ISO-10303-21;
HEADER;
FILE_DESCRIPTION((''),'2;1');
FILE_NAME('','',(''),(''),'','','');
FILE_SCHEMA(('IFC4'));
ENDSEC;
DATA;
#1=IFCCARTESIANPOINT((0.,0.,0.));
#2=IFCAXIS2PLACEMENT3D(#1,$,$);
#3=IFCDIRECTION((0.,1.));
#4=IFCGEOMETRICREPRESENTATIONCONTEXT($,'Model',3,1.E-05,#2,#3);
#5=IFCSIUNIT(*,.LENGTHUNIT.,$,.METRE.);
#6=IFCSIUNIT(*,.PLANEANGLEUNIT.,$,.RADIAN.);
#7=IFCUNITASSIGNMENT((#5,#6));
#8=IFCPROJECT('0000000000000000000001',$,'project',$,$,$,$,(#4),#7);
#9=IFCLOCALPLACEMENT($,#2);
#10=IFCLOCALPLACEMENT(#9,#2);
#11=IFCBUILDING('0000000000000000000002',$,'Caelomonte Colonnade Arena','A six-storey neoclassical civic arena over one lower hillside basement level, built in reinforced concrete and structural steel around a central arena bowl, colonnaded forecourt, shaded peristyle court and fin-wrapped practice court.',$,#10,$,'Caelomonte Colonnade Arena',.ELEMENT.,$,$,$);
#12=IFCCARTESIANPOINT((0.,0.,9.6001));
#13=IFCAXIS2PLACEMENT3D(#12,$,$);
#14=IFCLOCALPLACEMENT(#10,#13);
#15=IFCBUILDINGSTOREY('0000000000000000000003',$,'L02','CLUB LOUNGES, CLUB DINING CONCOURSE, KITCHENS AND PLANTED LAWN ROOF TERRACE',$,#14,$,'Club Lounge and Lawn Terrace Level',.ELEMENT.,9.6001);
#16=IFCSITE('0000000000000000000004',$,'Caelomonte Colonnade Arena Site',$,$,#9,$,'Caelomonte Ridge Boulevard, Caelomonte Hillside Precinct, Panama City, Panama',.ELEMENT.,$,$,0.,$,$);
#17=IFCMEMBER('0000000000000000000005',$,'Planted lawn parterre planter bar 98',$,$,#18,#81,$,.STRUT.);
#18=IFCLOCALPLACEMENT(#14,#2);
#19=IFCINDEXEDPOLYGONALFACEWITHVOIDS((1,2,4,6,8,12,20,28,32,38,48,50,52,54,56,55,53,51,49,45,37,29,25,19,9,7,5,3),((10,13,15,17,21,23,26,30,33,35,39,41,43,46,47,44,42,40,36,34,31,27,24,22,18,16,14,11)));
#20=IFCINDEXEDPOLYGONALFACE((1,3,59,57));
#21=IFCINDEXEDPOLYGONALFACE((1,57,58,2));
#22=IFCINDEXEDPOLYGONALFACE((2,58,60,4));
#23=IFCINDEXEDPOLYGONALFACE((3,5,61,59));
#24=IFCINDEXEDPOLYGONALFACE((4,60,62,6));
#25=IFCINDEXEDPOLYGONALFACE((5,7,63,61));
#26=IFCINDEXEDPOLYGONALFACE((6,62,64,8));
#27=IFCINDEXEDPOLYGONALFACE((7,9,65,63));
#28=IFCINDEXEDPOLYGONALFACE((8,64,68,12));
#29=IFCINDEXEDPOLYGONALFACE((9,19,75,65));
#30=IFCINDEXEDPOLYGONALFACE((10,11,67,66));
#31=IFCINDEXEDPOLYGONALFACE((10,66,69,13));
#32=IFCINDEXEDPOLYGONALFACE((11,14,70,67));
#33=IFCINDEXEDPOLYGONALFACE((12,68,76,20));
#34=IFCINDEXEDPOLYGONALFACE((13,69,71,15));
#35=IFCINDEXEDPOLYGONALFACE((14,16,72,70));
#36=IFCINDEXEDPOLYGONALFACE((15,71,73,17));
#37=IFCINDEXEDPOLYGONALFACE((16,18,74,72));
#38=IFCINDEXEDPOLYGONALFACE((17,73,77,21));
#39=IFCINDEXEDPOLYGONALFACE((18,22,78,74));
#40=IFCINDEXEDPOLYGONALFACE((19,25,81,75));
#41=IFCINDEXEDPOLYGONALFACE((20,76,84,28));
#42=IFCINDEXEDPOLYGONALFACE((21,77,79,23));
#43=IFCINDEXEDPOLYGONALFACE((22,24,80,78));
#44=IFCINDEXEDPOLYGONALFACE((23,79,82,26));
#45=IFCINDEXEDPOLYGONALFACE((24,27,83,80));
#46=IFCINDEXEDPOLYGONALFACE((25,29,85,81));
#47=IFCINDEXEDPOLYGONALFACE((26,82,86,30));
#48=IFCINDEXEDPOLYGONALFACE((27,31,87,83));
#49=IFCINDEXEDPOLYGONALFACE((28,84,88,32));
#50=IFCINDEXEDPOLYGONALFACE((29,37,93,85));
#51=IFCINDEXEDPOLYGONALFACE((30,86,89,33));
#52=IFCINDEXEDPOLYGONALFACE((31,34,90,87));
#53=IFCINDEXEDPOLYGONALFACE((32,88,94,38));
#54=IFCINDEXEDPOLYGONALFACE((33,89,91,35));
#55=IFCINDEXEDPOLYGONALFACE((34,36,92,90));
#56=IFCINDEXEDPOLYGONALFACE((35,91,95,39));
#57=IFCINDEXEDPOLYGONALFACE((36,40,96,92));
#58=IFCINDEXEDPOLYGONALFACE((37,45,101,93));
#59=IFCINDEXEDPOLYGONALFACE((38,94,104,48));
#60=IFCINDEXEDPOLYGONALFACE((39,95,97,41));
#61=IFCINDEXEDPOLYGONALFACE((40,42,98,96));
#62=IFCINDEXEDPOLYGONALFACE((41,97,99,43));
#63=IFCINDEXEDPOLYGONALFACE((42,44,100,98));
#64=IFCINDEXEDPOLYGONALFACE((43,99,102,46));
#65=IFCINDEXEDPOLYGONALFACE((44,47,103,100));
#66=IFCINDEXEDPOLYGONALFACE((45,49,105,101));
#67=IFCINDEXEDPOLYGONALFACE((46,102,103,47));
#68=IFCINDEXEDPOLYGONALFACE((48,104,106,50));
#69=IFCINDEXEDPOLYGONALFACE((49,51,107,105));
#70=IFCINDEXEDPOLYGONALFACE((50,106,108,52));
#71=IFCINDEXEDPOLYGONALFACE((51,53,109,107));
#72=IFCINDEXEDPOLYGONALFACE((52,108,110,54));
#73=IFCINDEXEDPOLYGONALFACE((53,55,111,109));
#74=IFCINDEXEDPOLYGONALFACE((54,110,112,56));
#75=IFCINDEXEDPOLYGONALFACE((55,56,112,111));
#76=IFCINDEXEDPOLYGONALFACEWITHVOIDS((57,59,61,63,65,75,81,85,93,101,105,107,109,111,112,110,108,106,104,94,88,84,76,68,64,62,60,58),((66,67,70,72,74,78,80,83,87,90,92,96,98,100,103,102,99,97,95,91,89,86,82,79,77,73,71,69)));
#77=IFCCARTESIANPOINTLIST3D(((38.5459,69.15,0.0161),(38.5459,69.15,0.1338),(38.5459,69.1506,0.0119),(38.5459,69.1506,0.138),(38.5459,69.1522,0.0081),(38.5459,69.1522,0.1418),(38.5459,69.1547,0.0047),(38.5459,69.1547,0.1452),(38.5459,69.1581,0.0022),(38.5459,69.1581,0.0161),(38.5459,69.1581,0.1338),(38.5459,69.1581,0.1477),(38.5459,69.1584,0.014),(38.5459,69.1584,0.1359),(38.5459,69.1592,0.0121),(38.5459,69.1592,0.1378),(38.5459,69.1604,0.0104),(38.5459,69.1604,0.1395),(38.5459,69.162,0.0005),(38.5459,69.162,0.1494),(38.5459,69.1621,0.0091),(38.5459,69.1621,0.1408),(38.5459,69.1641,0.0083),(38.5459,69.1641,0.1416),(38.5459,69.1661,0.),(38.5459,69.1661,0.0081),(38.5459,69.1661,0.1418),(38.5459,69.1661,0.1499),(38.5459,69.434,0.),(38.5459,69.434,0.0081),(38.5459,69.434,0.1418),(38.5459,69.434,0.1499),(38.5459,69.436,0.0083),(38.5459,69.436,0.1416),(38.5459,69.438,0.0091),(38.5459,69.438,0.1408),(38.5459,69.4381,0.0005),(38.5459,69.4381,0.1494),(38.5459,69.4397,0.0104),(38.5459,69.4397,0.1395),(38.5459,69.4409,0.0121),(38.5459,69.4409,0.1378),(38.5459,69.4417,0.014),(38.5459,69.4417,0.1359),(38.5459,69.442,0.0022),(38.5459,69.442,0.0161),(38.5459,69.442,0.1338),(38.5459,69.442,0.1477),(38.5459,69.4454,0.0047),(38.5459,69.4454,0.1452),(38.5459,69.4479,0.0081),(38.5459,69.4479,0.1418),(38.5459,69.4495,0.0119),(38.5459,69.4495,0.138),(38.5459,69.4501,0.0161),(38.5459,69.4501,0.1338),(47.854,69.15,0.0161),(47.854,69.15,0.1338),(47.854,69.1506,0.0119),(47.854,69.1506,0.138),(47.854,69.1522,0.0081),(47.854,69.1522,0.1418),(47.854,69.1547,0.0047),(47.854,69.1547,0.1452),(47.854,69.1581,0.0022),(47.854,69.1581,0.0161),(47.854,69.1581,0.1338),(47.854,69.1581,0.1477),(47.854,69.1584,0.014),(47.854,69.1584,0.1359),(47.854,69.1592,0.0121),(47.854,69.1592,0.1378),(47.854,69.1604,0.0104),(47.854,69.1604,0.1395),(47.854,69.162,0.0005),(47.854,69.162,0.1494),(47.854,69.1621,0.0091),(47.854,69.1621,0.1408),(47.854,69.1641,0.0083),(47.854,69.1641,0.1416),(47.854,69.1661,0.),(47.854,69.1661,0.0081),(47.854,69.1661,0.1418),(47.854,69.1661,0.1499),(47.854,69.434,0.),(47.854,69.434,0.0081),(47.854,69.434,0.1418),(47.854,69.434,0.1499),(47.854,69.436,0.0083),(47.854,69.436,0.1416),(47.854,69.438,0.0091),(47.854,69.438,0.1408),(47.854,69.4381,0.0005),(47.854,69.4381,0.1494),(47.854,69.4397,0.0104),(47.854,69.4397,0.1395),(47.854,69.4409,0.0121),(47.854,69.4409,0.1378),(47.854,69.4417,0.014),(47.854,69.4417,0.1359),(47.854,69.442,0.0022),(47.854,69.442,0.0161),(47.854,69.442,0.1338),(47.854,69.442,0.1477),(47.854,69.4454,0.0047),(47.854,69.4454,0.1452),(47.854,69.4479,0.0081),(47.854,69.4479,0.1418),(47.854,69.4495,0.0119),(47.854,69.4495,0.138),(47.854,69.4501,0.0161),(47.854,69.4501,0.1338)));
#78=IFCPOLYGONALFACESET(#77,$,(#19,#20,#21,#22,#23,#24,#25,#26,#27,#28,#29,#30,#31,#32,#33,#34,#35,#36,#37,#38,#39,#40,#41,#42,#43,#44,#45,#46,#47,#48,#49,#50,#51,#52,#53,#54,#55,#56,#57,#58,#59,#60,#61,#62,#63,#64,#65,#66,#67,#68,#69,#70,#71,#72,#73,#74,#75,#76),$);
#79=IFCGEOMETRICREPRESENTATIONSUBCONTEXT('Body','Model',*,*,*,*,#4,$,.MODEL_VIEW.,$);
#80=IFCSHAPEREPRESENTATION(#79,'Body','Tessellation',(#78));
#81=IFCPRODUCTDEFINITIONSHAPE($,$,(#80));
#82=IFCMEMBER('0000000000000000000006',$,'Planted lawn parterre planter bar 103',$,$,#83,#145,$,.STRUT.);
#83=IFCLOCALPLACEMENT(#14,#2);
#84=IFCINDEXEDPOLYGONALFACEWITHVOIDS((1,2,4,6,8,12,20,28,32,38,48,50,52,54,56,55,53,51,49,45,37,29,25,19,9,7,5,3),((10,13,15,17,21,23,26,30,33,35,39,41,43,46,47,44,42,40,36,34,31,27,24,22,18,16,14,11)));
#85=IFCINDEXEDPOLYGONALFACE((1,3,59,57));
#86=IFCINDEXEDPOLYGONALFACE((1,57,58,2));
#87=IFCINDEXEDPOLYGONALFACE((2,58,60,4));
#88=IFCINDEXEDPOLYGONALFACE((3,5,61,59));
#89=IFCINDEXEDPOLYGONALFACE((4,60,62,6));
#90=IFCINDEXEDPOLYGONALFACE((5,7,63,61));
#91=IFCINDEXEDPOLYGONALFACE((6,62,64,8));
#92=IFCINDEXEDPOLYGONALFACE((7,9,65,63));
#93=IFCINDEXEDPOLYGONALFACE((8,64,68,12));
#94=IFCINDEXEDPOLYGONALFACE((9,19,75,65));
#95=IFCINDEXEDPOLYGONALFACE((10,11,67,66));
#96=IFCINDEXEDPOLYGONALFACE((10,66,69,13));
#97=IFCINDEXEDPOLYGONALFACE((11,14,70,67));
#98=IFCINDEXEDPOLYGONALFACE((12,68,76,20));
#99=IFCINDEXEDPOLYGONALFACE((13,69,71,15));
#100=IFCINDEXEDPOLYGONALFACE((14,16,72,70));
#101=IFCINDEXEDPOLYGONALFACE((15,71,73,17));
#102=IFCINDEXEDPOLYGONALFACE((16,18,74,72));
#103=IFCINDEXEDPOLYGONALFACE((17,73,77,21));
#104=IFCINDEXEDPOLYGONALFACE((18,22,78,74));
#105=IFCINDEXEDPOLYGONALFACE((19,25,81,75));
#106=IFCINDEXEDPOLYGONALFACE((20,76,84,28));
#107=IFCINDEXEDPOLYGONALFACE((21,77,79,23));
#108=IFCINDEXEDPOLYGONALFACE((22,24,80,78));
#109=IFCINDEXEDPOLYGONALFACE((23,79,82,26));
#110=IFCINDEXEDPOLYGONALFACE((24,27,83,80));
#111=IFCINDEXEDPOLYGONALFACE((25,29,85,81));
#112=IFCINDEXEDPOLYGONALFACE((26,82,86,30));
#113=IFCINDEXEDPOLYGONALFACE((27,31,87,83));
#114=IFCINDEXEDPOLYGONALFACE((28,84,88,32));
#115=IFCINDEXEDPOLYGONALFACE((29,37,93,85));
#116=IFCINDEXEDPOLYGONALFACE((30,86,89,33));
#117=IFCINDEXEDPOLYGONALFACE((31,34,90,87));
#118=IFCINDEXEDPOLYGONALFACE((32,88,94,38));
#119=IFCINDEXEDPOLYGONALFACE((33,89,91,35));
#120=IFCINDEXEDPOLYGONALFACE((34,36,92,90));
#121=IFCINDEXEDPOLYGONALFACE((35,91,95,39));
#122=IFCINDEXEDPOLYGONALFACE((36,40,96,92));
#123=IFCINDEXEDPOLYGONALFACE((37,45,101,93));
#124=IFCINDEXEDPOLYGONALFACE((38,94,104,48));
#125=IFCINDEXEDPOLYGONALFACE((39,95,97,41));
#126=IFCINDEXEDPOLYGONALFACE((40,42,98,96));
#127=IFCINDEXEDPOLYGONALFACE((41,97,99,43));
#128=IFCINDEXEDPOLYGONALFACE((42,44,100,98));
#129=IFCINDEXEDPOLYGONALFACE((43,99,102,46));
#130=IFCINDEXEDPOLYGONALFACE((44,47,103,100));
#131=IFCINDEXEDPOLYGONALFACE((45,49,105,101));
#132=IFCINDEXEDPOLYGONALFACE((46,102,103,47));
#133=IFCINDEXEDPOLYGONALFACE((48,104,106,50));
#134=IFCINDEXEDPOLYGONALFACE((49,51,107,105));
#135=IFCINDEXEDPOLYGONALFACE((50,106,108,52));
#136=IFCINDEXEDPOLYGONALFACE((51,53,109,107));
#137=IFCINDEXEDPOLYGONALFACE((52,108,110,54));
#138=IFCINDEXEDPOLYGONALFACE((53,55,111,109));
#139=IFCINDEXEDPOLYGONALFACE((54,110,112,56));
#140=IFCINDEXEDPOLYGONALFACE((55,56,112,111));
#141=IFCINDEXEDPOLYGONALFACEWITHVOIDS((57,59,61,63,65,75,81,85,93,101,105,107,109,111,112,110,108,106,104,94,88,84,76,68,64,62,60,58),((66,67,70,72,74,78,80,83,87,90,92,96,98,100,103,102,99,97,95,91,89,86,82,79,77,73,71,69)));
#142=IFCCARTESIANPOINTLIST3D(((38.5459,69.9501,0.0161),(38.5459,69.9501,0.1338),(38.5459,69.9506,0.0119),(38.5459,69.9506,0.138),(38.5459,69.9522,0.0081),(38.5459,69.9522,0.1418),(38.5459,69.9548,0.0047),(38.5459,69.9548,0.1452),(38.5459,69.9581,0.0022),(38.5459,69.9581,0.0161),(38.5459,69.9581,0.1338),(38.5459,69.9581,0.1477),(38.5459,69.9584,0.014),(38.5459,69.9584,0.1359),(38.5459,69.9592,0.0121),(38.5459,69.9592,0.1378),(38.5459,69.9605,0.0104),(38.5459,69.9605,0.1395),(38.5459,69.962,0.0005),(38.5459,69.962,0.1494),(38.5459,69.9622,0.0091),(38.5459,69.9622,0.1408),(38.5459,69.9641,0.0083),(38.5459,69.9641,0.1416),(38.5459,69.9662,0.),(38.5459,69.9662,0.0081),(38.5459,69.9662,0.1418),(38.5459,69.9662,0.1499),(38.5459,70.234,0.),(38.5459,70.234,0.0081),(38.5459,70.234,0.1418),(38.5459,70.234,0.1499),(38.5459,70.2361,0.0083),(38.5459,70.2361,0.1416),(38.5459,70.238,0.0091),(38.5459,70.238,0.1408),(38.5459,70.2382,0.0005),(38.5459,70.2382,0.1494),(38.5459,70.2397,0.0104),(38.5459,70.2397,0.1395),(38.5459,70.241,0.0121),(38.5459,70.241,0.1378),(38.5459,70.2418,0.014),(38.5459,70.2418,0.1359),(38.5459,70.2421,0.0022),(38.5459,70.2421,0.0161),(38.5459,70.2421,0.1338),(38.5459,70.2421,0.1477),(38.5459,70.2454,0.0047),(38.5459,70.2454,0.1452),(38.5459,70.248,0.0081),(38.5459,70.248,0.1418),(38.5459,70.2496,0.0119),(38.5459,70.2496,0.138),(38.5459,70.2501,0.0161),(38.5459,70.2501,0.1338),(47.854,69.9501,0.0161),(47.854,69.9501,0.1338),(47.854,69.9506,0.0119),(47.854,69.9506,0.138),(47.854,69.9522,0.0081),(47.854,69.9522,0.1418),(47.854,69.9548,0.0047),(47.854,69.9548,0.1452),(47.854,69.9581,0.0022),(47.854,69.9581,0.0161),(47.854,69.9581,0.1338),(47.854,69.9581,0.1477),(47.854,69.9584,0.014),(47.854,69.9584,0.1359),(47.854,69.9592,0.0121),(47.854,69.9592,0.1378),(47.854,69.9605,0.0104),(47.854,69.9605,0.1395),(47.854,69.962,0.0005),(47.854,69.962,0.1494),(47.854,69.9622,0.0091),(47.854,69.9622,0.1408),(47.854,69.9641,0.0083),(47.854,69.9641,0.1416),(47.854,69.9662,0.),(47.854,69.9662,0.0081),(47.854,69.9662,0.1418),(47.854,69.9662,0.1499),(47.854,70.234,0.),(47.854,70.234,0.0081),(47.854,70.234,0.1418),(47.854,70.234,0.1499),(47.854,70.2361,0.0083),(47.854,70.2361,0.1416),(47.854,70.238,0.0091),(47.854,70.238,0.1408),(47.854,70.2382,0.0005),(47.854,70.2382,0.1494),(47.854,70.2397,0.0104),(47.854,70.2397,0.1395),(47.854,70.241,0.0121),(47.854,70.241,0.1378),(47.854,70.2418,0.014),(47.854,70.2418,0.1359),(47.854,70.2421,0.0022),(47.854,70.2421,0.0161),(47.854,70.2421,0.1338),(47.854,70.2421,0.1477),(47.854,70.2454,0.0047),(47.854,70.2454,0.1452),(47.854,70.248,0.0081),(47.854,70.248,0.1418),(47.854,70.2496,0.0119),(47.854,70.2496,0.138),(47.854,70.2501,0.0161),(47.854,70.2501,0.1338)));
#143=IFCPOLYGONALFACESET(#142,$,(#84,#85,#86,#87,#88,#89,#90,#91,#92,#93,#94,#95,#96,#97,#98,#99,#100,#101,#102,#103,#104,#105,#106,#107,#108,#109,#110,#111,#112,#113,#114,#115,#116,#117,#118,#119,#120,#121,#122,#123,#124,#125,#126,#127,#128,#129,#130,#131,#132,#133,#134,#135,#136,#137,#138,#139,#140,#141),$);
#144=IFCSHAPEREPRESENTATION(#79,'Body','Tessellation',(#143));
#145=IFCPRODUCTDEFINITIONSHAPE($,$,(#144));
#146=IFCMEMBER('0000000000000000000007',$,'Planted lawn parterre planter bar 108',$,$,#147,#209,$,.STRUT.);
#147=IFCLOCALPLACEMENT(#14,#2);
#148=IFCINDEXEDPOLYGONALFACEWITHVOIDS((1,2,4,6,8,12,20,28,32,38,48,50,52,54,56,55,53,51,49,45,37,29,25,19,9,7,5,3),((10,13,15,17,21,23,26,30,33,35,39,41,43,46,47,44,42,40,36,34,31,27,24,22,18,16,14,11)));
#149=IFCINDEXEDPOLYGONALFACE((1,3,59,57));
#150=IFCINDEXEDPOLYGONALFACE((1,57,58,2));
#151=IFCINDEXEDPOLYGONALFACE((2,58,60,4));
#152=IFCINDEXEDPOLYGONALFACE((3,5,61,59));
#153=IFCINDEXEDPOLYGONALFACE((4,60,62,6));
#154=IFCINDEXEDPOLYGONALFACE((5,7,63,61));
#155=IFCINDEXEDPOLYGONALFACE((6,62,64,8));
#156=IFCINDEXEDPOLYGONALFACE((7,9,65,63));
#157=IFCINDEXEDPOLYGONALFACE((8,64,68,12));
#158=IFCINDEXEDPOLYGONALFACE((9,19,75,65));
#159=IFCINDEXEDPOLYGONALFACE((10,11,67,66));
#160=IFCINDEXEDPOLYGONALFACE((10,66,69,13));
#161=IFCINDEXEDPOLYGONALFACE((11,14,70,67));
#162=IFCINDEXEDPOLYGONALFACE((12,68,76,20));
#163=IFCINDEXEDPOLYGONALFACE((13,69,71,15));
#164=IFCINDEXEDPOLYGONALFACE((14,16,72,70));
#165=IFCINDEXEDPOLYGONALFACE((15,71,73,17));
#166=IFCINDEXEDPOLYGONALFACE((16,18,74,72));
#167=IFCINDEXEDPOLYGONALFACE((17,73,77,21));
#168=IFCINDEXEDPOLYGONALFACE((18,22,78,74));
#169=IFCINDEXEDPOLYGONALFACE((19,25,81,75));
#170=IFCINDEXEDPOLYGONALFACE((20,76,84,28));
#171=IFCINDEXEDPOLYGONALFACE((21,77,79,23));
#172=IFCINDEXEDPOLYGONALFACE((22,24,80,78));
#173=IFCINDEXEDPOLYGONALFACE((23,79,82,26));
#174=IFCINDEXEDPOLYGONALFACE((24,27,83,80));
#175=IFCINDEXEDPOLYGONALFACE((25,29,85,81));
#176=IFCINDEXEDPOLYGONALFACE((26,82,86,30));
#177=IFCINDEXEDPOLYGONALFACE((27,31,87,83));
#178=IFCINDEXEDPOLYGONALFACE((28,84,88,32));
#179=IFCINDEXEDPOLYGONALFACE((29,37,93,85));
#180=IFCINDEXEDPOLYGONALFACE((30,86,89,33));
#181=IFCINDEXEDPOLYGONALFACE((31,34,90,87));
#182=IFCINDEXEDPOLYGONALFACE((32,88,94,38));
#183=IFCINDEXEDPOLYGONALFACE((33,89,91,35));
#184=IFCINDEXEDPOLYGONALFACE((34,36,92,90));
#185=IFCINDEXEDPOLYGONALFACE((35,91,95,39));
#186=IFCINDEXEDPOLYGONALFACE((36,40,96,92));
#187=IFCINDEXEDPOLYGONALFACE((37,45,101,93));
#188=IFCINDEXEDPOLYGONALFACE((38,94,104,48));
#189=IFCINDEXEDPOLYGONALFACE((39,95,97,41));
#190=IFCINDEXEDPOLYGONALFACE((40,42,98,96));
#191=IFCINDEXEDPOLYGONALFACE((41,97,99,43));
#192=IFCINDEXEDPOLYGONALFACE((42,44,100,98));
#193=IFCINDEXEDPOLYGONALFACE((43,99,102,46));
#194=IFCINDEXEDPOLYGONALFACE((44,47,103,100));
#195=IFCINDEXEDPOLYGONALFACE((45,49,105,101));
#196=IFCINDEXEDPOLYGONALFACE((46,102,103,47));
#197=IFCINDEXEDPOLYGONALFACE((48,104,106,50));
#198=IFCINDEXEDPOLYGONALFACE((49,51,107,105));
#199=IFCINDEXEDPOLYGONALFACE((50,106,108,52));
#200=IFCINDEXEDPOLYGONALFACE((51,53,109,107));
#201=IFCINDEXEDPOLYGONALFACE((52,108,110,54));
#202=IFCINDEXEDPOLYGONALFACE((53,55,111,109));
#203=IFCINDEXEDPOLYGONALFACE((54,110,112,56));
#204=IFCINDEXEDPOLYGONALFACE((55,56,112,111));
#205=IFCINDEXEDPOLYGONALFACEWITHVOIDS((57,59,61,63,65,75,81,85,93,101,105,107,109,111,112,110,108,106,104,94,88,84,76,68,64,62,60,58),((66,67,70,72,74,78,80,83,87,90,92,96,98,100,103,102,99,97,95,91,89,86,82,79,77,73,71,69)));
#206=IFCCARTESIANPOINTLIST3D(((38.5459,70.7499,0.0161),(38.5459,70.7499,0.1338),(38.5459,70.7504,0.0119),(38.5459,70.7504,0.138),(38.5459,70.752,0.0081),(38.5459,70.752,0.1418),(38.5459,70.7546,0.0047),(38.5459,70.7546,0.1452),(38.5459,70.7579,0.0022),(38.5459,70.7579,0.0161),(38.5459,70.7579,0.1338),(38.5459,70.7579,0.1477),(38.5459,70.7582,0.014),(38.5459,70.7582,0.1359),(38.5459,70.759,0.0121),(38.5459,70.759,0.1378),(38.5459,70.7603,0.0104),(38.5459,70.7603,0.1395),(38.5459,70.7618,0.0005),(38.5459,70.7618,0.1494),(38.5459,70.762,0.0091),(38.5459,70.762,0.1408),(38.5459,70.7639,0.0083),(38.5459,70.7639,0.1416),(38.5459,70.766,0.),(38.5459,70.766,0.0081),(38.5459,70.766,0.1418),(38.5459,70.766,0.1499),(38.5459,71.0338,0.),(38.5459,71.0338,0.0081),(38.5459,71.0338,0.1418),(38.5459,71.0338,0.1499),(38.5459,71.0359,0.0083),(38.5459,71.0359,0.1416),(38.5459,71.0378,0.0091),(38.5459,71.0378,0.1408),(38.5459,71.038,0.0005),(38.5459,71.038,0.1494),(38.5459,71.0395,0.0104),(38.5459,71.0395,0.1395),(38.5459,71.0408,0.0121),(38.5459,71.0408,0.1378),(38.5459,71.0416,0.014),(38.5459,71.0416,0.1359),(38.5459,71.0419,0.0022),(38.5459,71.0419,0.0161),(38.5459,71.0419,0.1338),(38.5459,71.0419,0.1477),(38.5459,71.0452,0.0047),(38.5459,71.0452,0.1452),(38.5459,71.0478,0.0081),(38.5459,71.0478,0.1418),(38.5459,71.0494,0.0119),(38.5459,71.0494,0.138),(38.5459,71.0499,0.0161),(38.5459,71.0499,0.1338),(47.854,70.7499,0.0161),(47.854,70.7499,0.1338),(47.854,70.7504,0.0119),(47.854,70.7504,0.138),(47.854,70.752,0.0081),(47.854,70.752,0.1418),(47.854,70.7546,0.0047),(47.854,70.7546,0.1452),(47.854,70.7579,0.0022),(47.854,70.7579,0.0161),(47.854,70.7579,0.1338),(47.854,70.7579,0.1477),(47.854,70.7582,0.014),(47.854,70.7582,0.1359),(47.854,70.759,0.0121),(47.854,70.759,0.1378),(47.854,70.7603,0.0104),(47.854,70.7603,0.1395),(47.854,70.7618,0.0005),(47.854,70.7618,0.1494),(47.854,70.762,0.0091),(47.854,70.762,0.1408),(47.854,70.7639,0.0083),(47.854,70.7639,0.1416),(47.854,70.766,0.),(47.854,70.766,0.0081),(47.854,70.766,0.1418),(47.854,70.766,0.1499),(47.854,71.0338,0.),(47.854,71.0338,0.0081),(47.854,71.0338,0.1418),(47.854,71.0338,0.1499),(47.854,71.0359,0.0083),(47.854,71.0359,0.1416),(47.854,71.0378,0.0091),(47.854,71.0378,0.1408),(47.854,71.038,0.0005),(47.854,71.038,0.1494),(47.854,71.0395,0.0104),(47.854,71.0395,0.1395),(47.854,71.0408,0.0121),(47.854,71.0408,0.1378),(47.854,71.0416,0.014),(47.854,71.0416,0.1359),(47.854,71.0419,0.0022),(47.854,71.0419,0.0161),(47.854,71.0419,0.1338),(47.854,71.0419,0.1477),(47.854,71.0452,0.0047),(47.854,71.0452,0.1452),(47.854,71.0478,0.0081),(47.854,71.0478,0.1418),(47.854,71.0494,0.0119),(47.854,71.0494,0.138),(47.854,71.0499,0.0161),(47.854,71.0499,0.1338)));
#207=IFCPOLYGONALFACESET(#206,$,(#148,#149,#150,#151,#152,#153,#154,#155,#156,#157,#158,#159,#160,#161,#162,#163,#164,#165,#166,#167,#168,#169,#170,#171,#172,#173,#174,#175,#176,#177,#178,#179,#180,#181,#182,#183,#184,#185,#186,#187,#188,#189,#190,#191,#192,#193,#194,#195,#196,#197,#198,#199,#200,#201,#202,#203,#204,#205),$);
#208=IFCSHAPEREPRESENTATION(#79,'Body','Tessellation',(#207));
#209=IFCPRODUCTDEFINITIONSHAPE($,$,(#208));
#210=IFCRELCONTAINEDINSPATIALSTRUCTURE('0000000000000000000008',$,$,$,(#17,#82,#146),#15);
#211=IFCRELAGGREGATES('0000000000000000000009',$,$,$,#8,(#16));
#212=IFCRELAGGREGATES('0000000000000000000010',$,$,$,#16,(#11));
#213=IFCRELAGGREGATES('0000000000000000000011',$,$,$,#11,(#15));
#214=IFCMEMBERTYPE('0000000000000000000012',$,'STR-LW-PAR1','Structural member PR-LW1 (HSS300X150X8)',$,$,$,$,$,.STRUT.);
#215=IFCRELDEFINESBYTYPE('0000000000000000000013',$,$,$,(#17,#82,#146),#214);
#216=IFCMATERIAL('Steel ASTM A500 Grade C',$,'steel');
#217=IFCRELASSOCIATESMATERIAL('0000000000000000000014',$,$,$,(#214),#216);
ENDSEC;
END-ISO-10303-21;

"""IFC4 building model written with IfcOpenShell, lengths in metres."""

from ifc_helpers import new_model, si_unit, direction, frame, origin, origin_2d, place, context, subcontext, project, spatial, hollow_rectangle, extrude, material, material_profile, profile_set, type_object, element, save


model = new_model("IFC4")

# Units and contexts
model_context = context("Model", 3, precision=1e-05, world=origin(), true_north=direction((0.0, 1.0)))
body_context = subcontext(model_context, "Body", "Model", "MODEL_VIEW")
ifc_project = project(units=[si_unit("LENGTHUNIT", "METRE"), si_unit("PLANEANGLEUNIT", "RADIAN")], contexts=[model_context])

# Site, building, storey
site_placement = place(None, origin())
site = spatial("IfcSite", under=ifc_project, at=site_placement, Name="Caelomonte Colonnade Arena Site", LongName="Caelomonte Ridge Boulevard, Caelomonte Hillside Precinct, Panama City, Panama", CompositionType="ELEMENT", RefElevation=0.0)
building_placement = place(site_placement, origin())
building = spatial("IfcBuilding", under=site, at=building_placement, Name="Caelomonte Colonnade Arena", Description="A six-storey neoclassical civic arena over one lower hillside basement level, built in reinforced concrete and structural steel around a central arena bowl, colonnaded forecourt, shaded peristyle court and fin-wrapped practice court.", LongName="Caelomonte Colonnade Arena", CompositionType="ELEMENT")
storey_placement = place(building_placement, frame((0.0, 0.0, 9.6001)))
storey = spatial("IfcBuildingStorey", under=building, at=storey_placement, Name="L02", Description="CLUB LOUNGES, CLUB DINING CONCOURSE, KITCHENS AND PLANTED LAWN ROOF TERRACE", LongName="Club Lounge and Lawn Terrace Level", CompositionType="ELEMENT", Elevation=9.6001)

# Members
ifc_material_1 = material(Name="Steel ASTM A500 Grade C", Category="steel")
ifc_material_profile_1 = material_profile(ifc_material_1, hollow_rectangle(XDim=0.3, YDim=0.1499, WallThickness=0.0081, InnerFilletRadius=0.0081, OuterFilletRadius=0.0161, at=origin_2d()), Name="HSS300X150X8")
ifc_profile_set_1 = profile_set([ifc_material_profile_1], Name="Steel ASTM A500 Grade C")
member_type = type_object("IfcMemberType", Name="STR-LW-PAR1", Description="Structural member PR-LW1 (HSS300X150X8)", PredefinedType="STRUT", material=ifc_profile_set_1)
for number, where, z_axis, x_axis, name in (
    (1, (38.5459, 69.3, 0.075), (1.0, 0.0, 0.0), (0.0, 1.0, 0.0), "Planted lawn parterre planter bar 98"),
    (2, (38.5459, 70.1001, 0.075), (1.0, 0.0, 0.0), (0.0, 1.0, 0.0), "Planted lawn parterre planter bar 103"),
    (3, (38.5459, 70.8999, 0.075), (1.0, 0.0, 0.0), (0.0, 1.0, 0.0), "Planted lawn parterre planter bar 108"),
):
    element("IfcMember", number, at=place(storey_placement, frame(where, z_axis=z_axis, x_axis=x_axis)), inside=storey, type_object=member_type, Name=name, PredefinedType="STRUT", context=body_context, shape_type="SweptSolid", body=[
        extrude(hollow_rectangle(XDim=0.3, YDim=0.1499, WallThickness=0.0081, InnerFilletRadius=0.0081, OuterFilletRadius=0.0161, at=origin_2d()), origin(), (0.0, 0.0, 1.0), 9.3081),
    ])

save(model, "model.ifc")
